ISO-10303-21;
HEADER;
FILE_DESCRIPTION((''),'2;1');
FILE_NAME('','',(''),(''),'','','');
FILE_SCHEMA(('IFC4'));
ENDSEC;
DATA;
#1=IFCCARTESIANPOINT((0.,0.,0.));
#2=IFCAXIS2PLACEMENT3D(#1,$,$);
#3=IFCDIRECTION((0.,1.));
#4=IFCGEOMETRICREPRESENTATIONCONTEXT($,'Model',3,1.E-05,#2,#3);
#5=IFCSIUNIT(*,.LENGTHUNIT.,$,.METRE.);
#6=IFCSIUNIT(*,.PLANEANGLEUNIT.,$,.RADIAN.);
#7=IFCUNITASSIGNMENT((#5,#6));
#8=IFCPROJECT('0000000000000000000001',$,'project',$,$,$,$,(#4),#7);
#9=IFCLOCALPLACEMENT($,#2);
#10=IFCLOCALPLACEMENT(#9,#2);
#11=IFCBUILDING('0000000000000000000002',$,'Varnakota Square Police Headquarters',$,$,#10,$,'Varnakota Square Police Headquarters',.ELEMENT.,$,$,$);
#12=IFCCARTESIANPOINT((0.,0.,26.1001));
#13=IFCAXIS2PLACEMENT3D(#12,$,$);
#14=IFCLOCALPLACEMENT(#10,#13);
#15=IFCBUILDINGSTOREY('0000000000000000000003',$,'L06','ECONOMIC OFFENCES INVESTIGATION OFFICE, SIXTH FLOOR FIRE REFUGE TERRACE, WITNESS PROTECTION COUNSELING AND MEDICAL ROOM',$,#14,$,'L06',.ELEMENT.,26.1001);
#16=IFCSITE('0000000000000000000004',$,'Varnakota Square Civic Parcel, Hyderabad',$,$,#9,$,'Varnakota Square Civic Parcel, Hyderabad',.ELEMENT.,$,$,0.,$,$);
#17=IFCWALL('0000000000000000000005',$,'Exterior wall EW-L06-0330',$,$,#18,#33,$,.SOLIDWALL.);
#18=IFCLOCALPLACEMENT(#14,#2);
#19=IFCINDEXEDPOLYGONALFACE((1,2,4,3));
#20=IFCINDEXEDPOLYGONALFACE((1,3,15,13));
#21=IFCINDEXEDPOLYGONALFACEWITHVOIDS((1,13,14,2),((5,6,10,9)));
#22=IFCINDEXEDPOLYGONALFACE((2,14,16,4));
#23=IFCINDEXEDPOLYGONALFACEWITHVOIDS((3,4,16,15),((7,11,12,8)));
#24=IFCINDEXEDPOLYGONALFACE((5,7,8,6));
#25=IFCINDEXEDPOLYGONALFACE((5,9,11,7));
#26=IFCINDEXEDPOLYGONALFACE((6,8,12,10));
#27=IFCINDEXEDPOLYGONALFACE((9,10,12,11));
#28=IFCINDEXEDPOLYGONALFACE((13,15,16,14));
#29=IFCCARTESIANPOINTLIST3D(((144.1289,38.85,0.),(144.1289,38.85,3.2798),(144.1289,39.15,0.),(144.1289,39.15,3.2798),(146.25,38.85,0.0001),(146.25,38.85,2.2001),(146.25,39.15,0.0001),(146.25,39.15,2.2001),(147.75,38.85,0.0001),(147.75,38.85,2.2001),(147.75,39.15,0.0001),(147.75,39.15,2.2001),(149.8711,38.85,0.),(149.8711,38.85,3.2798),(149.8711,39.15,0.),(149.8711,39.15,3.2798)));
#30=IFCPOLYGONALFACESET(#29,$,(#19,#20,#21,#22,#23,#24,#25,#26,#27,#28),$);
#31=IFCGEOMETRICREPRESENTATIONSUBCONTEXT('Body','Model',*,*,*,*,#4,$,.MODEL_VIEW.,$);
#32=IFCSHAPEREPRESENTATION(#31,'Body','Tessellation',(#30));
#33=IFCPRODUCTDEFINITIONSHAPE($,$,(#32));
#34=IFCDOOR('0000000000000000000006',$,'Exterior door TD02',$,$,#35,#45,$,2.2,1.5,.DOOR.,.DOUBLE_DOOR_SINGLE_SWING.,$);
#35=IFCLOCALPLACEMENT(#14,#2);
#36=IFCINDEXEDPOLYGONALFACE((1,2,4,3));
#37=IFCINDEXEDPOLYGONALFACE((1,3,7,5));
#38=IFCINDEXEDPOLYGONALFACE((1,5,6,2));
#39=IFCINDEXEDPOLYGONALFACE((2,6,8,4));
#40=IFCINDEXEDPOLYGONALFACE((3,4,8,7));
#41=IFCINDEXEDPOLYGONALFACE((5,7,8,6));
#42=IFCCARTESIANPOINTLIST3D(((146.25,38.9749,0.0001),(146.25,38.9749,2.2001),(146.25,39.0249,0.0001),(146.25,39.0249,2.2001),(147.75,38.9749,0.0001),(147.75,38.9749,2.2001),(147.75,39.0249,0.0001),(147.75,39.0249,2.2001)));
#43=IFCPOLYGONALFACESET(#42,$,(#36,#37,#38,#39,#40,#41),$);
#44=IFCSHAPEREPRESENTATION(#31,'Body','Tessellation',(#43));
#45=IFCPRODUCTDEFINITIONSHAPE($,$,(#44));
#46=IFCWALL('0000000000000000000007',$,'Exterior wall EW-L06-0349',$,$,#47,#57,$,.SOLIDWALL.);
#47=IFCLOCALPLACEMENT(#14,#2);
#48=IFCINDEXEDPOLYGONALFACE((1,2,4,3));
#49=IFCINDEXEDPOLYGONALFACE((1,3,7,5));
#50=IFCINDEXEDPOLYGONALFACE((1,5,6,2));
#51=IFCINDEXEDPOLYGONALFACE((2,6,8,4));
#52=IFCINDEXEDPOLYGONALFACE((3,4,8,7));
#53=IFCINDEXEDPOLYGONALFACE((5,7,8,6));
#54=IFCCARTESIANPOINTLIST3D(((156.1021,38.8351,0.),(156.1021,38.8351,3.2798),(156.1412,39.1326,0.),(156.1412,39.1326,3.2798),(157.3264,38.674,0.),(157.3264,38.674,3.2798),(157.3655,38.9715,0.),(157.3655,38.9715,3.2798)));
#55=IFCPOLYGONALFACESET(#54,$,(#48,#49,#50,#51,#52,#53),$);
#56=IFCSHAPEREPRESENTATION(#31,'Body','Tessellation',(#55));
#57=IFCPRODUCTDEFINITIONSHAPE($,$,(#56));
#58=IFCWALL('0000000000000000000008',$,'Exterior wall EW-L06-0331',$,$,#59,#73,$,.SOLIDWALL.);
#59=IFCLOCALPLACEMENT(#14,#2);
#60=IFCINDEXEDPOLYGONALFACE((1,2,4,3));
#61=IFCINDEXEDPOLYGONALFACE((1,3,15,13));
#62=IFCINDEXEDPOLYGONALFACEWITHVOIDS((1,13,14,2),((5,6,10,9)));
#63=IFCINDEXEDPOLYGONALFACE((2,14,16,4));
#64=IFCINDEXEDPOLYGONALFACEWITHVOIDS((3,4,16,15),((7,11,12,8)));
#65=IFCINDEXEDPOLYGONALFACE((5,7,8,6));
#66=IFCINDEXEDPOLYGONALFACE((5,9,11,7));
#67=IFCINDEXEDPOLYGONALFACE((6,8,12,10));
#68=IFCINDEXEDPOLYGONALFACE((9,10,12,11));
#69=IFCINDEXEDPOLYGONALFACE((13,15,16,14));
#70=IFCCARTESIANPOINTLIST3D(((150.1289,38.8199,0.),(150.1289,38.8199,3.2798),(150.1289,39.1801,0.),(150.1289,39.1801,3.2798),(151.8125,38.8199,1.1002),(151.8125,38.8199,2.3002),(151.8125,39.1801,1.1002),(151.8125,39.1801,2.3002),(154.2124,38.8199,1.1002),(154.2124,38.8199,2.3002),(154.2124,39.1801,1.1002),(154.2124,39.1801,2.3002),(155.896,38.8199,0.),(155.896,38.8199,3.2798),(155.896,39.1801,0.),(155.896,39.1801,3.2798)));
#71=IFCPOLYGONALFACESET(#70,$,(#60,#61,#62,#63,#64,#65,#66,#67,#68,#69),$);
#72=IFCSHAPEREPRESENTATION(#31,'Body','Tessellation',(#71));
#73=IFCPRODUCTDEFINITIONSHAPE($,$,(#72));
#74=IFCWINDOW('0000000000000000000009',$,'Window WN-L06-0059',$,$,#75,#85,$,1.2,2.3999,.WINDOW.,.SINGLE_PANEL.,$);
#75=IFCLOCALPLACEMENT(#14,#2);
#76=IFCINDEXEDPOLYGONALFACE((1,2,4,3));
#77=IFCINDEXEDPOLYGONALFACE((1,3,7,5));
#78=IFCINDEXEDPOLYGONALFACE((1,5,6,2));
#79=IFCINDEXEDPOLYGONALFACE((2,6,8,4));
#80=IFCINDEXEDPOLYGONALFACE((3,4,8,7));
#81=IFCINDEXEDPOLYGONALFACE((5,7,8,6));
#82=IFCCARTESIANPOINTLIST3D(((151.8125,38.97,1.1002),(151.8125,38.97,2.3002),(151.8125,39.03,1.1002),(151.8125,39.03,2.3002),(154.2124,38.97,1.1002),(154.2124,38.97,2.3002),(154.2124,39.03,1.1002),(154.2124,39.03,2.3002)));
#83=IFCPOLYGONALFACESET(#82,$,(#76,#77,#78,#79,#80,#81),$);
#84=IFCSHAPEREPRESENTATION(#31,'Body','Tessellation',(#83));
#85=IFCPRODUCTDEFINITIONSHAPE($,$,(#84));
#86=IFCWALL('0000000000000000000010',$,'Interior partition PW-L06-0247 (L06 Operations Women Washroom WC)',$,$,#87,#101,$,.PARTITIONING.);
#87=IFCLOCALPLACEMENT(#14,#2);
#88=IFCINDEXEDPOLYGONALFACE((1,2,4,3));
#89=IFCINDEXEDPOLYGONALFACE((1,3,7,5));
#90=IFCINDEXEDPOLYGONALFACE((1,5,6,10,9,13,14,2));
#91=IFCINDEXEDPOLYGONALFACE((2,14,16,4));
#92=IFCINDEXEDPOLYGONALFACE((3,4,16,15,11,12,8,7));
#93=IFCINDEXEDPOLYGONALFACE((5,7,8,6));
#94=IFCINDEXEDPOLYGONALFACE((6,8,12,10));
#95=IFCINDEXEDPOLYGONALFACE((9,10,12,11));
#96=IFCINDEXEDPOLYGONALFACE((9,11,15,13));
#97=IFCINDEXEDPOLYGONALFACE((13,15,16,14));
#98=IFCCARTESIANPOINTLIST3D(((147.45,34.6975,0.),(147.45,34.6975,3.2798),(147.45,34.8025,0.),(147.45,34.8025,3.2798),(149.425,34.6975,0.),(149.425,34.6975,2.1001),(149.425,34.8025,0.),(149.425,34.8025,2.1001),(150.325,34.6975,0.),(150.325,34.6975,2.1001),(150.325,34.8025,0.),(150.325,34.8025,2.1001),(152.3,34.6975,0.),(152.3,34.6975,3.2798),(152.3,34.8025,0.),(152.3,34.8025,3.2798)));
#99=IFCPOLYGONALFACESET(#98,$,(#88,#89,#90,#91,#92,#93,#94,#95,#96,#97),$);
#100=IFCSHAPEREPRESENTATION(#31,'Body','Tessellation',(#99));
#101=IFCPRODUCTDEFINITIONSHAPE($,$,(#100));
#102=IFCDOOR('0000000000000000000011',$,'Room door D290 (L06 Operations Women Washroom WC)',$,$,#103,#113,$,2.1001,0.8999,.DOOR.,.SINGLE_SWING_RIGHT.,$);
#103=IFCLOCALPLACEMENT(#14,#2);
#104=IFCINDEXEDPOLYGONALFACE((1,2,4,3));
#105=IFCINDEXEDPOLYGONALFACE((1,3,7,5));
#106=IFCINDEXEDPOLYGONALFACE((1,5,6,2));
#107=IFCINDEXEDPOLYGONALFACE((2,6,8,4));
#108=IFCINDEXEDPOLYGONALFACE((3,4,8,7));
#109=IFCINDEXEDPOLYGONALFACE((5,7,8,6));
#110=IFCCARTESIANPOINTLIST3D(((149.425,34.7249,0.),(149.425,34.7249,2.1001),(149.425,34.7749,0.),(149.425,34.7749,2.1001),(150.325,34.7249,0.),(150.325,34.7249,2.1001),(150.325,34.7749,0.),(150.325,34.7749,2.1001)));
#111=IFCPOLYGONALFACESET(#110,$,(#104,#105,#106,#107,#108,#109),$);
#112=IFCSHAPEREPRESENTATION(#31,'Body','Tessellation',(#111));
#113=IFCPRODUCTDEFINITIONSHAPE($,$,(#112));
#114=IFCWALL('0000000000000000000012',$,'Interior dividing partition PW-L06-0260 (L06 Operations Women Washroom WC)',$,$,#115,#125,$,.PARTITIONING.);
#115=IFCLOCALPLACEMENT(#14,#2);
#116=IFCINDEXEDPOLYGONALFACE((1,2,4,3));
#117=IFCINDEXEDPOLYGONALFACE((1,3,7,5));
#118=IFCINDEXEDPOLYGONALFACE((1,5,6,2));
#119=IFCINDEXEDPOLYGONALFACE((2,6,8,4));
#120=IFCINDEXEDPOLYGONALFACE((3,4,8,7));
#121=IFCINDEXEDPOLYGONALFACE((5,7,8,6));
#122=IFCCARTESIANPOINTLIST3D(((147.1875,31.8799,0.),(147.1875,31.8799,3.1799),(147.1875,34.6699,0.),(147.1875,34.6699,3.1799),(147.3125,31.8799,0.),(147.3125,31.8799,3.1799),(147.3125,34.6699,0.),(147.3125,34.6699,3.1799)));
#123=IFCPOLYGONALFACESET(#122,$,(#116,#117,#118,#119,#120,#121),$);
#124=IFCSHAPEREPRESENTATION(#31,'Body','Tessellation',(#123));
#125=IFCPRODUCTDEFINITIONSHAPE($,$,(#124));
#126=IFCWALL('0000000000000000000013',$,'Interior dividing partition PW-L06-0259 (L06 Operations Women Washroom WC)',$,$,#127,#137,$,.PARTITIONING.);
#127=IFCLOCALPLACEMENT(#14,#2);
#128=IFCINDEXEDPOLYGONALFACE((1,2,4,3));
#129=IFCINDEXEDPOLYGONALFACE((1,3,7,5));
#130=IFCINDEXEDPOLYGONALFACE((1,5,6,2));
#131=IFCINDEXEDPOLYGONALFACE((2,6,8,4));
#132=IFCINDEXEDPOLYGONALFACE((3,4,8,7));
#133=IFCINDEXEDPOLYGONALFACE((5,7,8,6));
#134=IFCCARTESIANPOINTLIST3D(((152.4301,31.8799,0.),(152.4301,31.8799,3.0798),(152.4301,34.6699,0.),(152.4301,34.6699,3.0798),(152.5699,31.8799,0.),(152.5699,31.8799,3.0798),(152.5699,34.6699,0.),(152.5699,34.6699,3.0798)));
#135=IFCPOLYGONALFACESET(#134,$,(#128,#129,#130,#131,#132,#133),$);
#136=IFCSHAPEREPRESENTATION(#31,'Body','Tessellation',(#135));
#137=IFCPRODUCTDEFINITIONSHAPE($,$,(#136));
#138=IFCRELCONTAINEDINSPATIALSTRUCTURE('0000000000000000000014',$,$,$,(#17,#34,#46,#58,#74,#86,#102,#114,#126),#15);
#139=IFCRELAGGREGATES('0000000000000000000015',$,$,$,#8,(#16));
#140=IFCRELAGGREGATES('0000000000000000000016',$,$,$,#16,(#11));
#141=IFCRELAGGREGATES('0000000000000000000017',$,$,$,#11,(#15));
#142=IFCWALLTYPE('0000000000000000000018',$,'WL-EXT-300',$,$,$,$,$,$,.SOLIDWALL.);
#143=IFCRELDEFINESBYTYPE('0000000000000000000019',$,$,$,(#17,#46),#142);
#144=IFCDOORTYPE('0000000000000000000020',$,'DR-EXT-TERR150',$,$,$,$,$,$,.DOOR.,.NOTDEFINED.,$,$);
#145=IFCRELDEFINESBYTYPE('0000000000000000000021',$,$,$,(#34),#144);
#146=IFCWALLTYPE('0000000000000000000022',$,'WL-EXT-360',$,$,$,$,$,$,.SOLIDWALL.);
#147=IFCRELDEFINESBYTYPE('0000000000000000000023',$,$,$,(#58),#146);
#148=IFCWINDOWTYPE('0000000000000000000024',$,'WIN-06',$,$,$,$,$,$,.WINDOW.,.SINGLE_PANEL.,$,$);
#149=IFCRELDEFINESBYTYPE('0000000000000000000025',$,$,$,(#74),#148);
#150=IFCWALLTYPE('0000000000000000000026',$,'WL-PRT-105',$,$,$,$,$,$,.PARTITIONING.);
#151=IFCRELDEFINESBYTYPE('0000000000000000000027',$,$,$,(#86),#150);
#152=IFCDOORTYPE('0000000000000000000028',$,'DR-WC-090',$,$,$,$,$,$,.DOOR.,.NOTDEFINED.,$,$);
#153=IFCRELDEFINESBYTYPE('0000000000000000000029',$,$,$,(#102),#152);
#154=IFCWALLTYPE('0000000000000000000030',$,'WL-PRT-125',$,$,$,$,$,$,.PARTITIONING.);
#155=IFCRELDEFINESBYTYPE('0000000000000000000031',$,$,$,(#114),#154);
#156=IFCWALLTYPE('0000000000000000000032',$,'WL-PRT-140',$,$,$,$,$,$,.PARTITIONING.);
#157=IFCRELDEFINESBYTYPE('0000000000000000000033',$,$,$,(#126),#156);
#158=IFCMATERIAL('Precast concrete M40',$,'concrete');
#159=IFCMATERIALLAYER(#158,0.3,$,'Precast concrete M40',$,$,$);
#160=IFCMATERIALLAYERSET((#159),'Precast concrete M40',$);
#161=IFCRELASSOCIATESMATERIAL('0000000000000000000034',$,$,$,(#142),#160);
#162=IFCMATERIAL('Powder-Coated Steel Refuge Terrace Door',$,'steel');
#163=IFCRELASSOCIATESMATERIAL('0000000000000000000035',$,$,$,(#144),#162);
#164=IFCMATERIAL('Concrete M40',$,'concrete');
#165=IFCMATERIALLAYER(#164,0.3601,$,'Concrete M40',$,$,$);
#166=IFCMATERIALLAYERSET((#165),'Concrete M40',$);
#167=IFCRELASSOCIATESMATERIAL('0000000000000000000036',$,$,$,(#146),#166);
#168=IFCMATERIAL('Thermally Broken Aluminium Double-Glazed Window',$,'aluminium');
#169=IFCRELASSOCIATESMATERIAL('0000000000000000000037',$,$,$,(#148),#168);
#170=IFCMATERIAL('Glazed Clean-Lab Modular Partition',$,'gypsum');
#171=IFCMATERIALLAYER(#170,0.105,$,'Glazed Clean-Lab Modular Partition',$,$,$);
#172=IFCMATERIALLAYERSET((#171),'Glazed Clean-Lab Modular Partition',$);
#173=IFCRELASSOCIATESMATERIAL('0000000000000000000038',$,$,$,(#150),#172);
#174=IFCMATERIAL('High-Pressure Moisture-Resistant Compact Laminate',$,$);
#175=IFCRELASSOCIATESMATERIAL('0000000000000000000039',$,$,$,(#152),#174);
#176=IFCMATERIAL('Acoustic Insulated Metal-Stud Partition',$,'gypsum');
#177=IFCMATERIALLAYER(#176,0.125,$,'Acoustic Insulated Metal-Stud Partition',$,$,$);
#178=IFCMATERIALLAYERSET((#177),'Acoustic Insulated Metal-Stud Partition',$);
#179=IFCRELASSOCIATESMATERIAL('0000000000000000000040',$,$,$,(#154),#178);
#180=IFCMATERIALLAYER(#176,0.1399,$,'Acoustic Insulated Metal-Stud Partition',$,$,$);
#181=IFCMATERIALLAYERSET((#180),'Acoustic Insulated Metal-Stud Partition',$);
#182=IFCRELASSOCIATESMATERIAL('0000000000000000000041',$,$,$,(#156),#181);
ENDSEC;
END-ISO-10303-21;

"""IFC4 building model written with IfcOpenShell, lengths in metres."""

from ifc_helpers import new_model, si_unit, direction, frame, frame_2d, origin, place, context, subcontext, project, spatial, rectangle, extrude, material, layer, layer_set, type_object, element, fill, save


model = new_model("IFC4")

# Units and contexts
model_context = context("Model", 3, precision=1e-05, world=origin(), true_north=direction((0.0, 1.0)))
body_context = subcontext(model_context, "Body", "Model", "MODEL_VIEW")
ifc_project = project(units=[si_unit("LENGTHUNIT", "METRE"), si_unit("PLANEANGLEUNIT", "RADIAN")], contexts=[model_context])

# Site, building, storey
site_placement = place(None, origin())
site = spatial("IfcSite", under=ifc_project, at=site_placement, Name="Varnakota Square Civic Parcel, Hyderabad", LongName="Varnakota Square Civic Parcel, Hyderabad", CompositionType="ELEMENT", RefElevation=0.0)
building_placement = place(site_placement, origin())
building = spatial("IfcBuilding", under=site, at=building_placement, Name="Varnakota Square Police Headquarters", LongName="Varnakota Square Police Headquarters", CompositionType="ELEMENT")
storey_placement = place(building_placement, frame((0.0, 0.0, 26.1001)))
storey = spatial("IfcBuildingStorey", under=building, at=storey_placement, Name="L06", Description="ECONOMIC OFFENCES INVESTIGATION OFFICE, SIXTH FLOOR FIRE REFUGE TERRACE, WITNESS PROTECTION COUNSELING AND MEDICAL ROOM", LongName="L06", CompositionType="ELEMENT", Elevation=26.1001)

# Wall, opening, door
ifc_material_1 = material(Name="Concrete M40", Category="concrete")
ifc_material_2 = material(Name="Precast concrete M40", Category="concrete")
ifc_layer_1 = layer(ifc_material_2, 0.3, Name="Precast concrete M40")
ifc_layer_set_1 = layer_set([ifc_layer_1], Name="Precast concrete M40")
wall_type_1 = type_object("IfcWallType", Name="WL-EXT-300", PredefinedType="SOLIDWALL", material=ifc_layer_set_1)
wall_1_placement = place(storey_placement, frame((144.1289, 39.0, 0.0), z_axis=(0.0, 0.0, 1.0), x_axis=(1.0, 0.0, 0.0)))
wall_1 = element("IfcWall", 1, at=wall_1_placement, inside=storey, type_object=wall_type_1, Name="Exterior wall EW-L06-0330", PredefinedType="SOLIDWALL", context=body_context, shape_type="SweptSolid", body=[
    extrude(rectangle(XDim=5.7422, YDim=0.3, at=frame_2d((2.8711, 0.0))), origin(), (0.0, 0.0, 1.0), 3.2798),
])
opening_1_placement = place(wall_1_placement, frame((2.1211, 0.0, 0.0)))
opening_1 = element("IfcOpeningElement", 2, at=opening_1_placement, cuts=wall_1, PredefinedType="OPENING", context=body_context, shape_type="SweptSolid", body=[
    extrude(rectangle(XDim=1.5, YDim=2.2, at=frame_2d((0.75, 1.1001))), frame((0.0, 0.1599, 0.0), z_axis=(0.0, -1.0, 0.0), x_axis=(1.0, 0.0, 0.0)), (0.0, 0.0, 1.0), 0.3201),
])
ifc_material_3 = material(Name="Powder-Coated Steel Refuge Terrace Door", Category="steel")
door_type_1 = type_object("IfcDoorType", Name="DR-EXT-TERR150", OperationType="NOTDEFINED", PredefinedType="DOOR", material=ifc_material_3)
door_1_placement = place(opening_1_placement, origin())
door_1 = element("IfcDoor", 3, at=door_1_placement, inside=storey, type_object=door_type_1, Name="Exterior door TD02", OperationType="DOUBLE_DOOR_SINGLE_SWING", OverallHeight=2.2, OverallWidth=1.5, PredefinedType="DOOR", context=body_context, shape_type="SweptSolid", body=[
    extrude(rectangle(XDim=1.5, YDim=2.2, at=frame_2d((0.75, 1.1001))), frame((0.0, 0.0249, 0.0), z_axis=(0.0, -1.0, 0.0), x_axis=(1.0, 0.0, 0.0)), (0.0, 0.0, 1.0), 0.05),
])
fill(opening_1, door_1)

# Wall
wall_2_placement = place(storey_placement, frame((157.3459, 38.8228, 0.0), z_axis=(0.0, 0.0, 1.0), x_axis=(-0.991451, 0.13048, 0.0)))
element("IfcWall", 4, at=wall_2_placement, inside=storey, type_object=wall_type_1, Name="Exterior wall EW-L06-0349", PredefinedType="SOLIDWALL", context=body_context, shape_type="SweptSolid", body=[
    extrude(rectangle(XDim=1.2349, YDim=0.3, at=frame_2d((0.6174, 0.0))), origin(), (0.0, 0.0, 1.0), 3.2798),
])

# Wall, opening, window
ifc_layer_2 = layer(ifc_material_1, 0.3601, Name="Concrete M40")
ifc_layer_set_2 = layer_set([ifc_layer_2], Name="Concrete M40")
wall_type_2 = type_object("IfcWallType", Name="WL-EXT-360", PredefinedType="SOLIDWALL", material=ifc_layer_set_2)
wall_3_placement = place(storey_placement, frame((150.1289, 39.0, 0.0), z_axis=(0.0, 0.0, 1.0), x_axis=(1.0, 0.0, 0.0)))
wall_3 = element("IfcWall", 5, at=wall_3_placement, inside=storey, type_object=wall_type_2, Name="Exterior wall EW-L06-0331", PredefinedType="SOLIDWALL", context=body_context, shape_type="SweptSolid", body=[
    extrude(rectangle(XDim=5.7671, YDim=0.3601, at=frame_2d((2.8835, 0.0))), origin(), (0.0, 0.0, 1.0), 3.2798),
])
opening_2_placement = place(wall_3_placement, frame((1.6836, 0.0, 1.1001)))
opening_2 = element("IfcOpeningElement", 6, at=opening_2_placement, cuts=wall_3, PredefinedType="OPENING", context=body_context, shape_type="SweptSolid", body=[
    extrude(rectangle(XDim=2.3999, YDim=1.2, at=frame_2d((1.2, 0.6001))), frame((0.0, 0.1899, 0.0), z_axis=(0.0, -1.0, 0.0), x_axis=(1.0, 0.0, 0.0)), (0.0, 0.0, 1.0), 0.3801),
])
ifc_material_4 = material(Name="Thermally Broken Aluminium Double-Glazed Window", Category="aluminium")
window_type = type_object("IfcWindowType", Name="WIN-06", PartitioningType="SINGLE_PANEL", PredefinedType="WINDOW", material=ifc_material_4)
window_placement = place(opening_2_placement, origin())
window = element("IfcWindow", 7, at=window_placement, inside=storey, type_object=window_type, Name="Window WN-L06-0059", OverallHeight=1.2, OverallWidth=2.3999, PartitioningType="SINGLE_PANEL", PredefinedType="WINDOW", context=body_context, shape_type="SweptSolid", body=[
    extrude(rectangle(XDim=2.3999, YDim=1.2, at=frame_2d((1.2, 0.6001))), frame((0.0, 0.03, 0.0), z_axis=(0.0, -1.0, 0.0), x_axis=(1.0, 0.0, 0.0)), (0.0, 0.0, 1.0), 0.0601),
])
fill(opening_2, window)

# Wall, opening, door
ifc_material_5 = material(Name="Glazed Clean-Lab Modular Partition", Category="gypsum")
ifc_layer_3 = layer(ifc_material_5, 0.105, Name="Glazed Clean-Lab Modular Partition")
ifc_layer_set_3 = layer_set([ifc_layer_3], Name="Glazed Clean-Lab Modular Partition")
wall_type_3 = type_object("IfcWallType", Name="WL-PRT-105", PredefinedType="PARTITIONING", material=ifc_layer_set_3)
wall_4_placement = place(storey_placement, frame((147.45, 34.75, 0.0), z_axis=(0.0, 0.0, 1.0), x_axis=(1.0, 0.0, 0.0)))
wall_4 = element("IfcWall", 8, at=wall_4_placement, inside=storey, type_object=wall_type_3, Name="Interior partition PW-L06-0247 (L06 Operations Women Washroom WC)", PredefinedType="PARTITIONING", context=body_context, shape_type="SweptSolid", body=[
    extrude(rectangle(XDim=4.8501, YDim=0.105, at=frame_2d((2.425, 0.0))), origin(), (0.0, 0.0, 1.0), 3.2798),
])
opening_3_placement = place(wall_4_placement, frame((1.9751, 0.0, 0.0)))
opening_3 = element("IfcOpeningElement", 9, at=opening_3_placement, cuts=wall_4, PredefinedType="OPENING", context=body_context, shape_type="SweptSolid", body=[
    extrude(rectangle(XDim=0.8999, YDim=2.1001, at=frame_2d((0.45, 1.05))), frame((0.0, 0.0625, 0.0), z_axis=(0.0, -1.0, 0.0), x_axis=(1.0, 0.0, 0.0)), (0.0, 0.0, 1.0), 0.125),
])
ifc_material_6 = material(Name="High-Pressure Moisture-Resistant Compact Laminate")
door_type_2 = type_object("IfcDoorType", Name="DR-WC-090", OperationType="NOTDEFINED", PredefinedType="DOOR", material=ifc_material_6)
door_2_placement = place(opening_3_placement, origin())
door_2 = element("IfcDoor", 10, at=door_2_placement, inside=storey, type_object=door_type_2, Name="Room door D290 (L06 Operations Women Washroom WC)", OperationType="SINGLE_SWING_RIGHT", OverallHeight=2.1001, OverallWidth=0.8999, PredefinedType="DOOR", context=body_context, shape_type="SweptSolid", body=[
    extrude(rectangle(XDim=0.8999, YDim=2.1001, at=frame_2d((0.45, 1.05))), frame((0.0, 0.0249, 0.0), z_axis=(0.0, -1.0, 0.0), x_axis=(1.0, 0.0, 0.0)), (0.0, 0.0, 1.0), 0.05),
])
fill(opening_3, door_2)

# Walls
ifc_material_7 = material(Name="Acoustic Insulated Metal-Stud Partition", Category="gypsum")
ifc_layer_4 = layer(ifc_material_7, 0.125, Name="Acoustic Insulated Metal-Stud Partition")
ifc_layer_set_4 = layer_set([ifc_layer_4], Name="Acoustic Insulated Metal-Stud Partition")
wall_type_4 = type_object("IfcWallType", Name="WL-PRT-125", PredefinedType="PARTITIONING", material=ifc_layer_set_4)
wall_5_placement = place(storey_placement, frame((147.25, 31.8799, 0.0), z_axis=(0.0, 0.0, 1.0), x_axis=(0.0, 1.0, 0.0)))
element("IfcWall", 11, at=wall_5_placement, inside=storey, type_object=wall_type_4, Name="Interior dividing partition PW-L06-0260 (L06 Operations Women Washroom WC)", PredefinedType="PARTITIONING", context=body_context, shape_type="SweptSolid", body=[
    extrude(rectangle(XDim=2.79, YDim=0.125, at=frame_2d((1.395, 0.0))), origin(), (0.0, 0.0, 1.0), 3.1799),
])
ifc_layer_5 = layer(ifc_material_7, 0.1399, Name="Acoustic Insulated Metal-Stud Partition")
ifc_layer_set_5 = layer_set([ifc_layer_5], Name="Acoustic Insulated Metal-Stud Partition")
wall_type_5 = type_object("IfcWallType", Name="WL-PRT-140", PredefinedType="PARTITIONING", material=ifc_layer_set_5)
wall_6_placement = place(storey_placement, frame((152.5, 34.6699, 0.0), z_axis=(0.0, 0.0, 1.0), x_axis=(0.0, -1.0, 0.0)))
element("IfcWall", 12, at=wall_6_placement, inside=storey, type_object=wall_type_5, Name="Interior dividing partition PW-L06-0259 (L06 Operations Women Washroom WC)", PredefinedType="PARTITIONING", context=body_context, shape_type="SweptSolid", body=[
    extrude(rectangle(XDim=2.79, YDim=0.1399, at=frame_2d((1.395, 0.0))), origin(), (0.0, 0.0, 1.0), 3.0798),
])

save(model, "model.ifc")
